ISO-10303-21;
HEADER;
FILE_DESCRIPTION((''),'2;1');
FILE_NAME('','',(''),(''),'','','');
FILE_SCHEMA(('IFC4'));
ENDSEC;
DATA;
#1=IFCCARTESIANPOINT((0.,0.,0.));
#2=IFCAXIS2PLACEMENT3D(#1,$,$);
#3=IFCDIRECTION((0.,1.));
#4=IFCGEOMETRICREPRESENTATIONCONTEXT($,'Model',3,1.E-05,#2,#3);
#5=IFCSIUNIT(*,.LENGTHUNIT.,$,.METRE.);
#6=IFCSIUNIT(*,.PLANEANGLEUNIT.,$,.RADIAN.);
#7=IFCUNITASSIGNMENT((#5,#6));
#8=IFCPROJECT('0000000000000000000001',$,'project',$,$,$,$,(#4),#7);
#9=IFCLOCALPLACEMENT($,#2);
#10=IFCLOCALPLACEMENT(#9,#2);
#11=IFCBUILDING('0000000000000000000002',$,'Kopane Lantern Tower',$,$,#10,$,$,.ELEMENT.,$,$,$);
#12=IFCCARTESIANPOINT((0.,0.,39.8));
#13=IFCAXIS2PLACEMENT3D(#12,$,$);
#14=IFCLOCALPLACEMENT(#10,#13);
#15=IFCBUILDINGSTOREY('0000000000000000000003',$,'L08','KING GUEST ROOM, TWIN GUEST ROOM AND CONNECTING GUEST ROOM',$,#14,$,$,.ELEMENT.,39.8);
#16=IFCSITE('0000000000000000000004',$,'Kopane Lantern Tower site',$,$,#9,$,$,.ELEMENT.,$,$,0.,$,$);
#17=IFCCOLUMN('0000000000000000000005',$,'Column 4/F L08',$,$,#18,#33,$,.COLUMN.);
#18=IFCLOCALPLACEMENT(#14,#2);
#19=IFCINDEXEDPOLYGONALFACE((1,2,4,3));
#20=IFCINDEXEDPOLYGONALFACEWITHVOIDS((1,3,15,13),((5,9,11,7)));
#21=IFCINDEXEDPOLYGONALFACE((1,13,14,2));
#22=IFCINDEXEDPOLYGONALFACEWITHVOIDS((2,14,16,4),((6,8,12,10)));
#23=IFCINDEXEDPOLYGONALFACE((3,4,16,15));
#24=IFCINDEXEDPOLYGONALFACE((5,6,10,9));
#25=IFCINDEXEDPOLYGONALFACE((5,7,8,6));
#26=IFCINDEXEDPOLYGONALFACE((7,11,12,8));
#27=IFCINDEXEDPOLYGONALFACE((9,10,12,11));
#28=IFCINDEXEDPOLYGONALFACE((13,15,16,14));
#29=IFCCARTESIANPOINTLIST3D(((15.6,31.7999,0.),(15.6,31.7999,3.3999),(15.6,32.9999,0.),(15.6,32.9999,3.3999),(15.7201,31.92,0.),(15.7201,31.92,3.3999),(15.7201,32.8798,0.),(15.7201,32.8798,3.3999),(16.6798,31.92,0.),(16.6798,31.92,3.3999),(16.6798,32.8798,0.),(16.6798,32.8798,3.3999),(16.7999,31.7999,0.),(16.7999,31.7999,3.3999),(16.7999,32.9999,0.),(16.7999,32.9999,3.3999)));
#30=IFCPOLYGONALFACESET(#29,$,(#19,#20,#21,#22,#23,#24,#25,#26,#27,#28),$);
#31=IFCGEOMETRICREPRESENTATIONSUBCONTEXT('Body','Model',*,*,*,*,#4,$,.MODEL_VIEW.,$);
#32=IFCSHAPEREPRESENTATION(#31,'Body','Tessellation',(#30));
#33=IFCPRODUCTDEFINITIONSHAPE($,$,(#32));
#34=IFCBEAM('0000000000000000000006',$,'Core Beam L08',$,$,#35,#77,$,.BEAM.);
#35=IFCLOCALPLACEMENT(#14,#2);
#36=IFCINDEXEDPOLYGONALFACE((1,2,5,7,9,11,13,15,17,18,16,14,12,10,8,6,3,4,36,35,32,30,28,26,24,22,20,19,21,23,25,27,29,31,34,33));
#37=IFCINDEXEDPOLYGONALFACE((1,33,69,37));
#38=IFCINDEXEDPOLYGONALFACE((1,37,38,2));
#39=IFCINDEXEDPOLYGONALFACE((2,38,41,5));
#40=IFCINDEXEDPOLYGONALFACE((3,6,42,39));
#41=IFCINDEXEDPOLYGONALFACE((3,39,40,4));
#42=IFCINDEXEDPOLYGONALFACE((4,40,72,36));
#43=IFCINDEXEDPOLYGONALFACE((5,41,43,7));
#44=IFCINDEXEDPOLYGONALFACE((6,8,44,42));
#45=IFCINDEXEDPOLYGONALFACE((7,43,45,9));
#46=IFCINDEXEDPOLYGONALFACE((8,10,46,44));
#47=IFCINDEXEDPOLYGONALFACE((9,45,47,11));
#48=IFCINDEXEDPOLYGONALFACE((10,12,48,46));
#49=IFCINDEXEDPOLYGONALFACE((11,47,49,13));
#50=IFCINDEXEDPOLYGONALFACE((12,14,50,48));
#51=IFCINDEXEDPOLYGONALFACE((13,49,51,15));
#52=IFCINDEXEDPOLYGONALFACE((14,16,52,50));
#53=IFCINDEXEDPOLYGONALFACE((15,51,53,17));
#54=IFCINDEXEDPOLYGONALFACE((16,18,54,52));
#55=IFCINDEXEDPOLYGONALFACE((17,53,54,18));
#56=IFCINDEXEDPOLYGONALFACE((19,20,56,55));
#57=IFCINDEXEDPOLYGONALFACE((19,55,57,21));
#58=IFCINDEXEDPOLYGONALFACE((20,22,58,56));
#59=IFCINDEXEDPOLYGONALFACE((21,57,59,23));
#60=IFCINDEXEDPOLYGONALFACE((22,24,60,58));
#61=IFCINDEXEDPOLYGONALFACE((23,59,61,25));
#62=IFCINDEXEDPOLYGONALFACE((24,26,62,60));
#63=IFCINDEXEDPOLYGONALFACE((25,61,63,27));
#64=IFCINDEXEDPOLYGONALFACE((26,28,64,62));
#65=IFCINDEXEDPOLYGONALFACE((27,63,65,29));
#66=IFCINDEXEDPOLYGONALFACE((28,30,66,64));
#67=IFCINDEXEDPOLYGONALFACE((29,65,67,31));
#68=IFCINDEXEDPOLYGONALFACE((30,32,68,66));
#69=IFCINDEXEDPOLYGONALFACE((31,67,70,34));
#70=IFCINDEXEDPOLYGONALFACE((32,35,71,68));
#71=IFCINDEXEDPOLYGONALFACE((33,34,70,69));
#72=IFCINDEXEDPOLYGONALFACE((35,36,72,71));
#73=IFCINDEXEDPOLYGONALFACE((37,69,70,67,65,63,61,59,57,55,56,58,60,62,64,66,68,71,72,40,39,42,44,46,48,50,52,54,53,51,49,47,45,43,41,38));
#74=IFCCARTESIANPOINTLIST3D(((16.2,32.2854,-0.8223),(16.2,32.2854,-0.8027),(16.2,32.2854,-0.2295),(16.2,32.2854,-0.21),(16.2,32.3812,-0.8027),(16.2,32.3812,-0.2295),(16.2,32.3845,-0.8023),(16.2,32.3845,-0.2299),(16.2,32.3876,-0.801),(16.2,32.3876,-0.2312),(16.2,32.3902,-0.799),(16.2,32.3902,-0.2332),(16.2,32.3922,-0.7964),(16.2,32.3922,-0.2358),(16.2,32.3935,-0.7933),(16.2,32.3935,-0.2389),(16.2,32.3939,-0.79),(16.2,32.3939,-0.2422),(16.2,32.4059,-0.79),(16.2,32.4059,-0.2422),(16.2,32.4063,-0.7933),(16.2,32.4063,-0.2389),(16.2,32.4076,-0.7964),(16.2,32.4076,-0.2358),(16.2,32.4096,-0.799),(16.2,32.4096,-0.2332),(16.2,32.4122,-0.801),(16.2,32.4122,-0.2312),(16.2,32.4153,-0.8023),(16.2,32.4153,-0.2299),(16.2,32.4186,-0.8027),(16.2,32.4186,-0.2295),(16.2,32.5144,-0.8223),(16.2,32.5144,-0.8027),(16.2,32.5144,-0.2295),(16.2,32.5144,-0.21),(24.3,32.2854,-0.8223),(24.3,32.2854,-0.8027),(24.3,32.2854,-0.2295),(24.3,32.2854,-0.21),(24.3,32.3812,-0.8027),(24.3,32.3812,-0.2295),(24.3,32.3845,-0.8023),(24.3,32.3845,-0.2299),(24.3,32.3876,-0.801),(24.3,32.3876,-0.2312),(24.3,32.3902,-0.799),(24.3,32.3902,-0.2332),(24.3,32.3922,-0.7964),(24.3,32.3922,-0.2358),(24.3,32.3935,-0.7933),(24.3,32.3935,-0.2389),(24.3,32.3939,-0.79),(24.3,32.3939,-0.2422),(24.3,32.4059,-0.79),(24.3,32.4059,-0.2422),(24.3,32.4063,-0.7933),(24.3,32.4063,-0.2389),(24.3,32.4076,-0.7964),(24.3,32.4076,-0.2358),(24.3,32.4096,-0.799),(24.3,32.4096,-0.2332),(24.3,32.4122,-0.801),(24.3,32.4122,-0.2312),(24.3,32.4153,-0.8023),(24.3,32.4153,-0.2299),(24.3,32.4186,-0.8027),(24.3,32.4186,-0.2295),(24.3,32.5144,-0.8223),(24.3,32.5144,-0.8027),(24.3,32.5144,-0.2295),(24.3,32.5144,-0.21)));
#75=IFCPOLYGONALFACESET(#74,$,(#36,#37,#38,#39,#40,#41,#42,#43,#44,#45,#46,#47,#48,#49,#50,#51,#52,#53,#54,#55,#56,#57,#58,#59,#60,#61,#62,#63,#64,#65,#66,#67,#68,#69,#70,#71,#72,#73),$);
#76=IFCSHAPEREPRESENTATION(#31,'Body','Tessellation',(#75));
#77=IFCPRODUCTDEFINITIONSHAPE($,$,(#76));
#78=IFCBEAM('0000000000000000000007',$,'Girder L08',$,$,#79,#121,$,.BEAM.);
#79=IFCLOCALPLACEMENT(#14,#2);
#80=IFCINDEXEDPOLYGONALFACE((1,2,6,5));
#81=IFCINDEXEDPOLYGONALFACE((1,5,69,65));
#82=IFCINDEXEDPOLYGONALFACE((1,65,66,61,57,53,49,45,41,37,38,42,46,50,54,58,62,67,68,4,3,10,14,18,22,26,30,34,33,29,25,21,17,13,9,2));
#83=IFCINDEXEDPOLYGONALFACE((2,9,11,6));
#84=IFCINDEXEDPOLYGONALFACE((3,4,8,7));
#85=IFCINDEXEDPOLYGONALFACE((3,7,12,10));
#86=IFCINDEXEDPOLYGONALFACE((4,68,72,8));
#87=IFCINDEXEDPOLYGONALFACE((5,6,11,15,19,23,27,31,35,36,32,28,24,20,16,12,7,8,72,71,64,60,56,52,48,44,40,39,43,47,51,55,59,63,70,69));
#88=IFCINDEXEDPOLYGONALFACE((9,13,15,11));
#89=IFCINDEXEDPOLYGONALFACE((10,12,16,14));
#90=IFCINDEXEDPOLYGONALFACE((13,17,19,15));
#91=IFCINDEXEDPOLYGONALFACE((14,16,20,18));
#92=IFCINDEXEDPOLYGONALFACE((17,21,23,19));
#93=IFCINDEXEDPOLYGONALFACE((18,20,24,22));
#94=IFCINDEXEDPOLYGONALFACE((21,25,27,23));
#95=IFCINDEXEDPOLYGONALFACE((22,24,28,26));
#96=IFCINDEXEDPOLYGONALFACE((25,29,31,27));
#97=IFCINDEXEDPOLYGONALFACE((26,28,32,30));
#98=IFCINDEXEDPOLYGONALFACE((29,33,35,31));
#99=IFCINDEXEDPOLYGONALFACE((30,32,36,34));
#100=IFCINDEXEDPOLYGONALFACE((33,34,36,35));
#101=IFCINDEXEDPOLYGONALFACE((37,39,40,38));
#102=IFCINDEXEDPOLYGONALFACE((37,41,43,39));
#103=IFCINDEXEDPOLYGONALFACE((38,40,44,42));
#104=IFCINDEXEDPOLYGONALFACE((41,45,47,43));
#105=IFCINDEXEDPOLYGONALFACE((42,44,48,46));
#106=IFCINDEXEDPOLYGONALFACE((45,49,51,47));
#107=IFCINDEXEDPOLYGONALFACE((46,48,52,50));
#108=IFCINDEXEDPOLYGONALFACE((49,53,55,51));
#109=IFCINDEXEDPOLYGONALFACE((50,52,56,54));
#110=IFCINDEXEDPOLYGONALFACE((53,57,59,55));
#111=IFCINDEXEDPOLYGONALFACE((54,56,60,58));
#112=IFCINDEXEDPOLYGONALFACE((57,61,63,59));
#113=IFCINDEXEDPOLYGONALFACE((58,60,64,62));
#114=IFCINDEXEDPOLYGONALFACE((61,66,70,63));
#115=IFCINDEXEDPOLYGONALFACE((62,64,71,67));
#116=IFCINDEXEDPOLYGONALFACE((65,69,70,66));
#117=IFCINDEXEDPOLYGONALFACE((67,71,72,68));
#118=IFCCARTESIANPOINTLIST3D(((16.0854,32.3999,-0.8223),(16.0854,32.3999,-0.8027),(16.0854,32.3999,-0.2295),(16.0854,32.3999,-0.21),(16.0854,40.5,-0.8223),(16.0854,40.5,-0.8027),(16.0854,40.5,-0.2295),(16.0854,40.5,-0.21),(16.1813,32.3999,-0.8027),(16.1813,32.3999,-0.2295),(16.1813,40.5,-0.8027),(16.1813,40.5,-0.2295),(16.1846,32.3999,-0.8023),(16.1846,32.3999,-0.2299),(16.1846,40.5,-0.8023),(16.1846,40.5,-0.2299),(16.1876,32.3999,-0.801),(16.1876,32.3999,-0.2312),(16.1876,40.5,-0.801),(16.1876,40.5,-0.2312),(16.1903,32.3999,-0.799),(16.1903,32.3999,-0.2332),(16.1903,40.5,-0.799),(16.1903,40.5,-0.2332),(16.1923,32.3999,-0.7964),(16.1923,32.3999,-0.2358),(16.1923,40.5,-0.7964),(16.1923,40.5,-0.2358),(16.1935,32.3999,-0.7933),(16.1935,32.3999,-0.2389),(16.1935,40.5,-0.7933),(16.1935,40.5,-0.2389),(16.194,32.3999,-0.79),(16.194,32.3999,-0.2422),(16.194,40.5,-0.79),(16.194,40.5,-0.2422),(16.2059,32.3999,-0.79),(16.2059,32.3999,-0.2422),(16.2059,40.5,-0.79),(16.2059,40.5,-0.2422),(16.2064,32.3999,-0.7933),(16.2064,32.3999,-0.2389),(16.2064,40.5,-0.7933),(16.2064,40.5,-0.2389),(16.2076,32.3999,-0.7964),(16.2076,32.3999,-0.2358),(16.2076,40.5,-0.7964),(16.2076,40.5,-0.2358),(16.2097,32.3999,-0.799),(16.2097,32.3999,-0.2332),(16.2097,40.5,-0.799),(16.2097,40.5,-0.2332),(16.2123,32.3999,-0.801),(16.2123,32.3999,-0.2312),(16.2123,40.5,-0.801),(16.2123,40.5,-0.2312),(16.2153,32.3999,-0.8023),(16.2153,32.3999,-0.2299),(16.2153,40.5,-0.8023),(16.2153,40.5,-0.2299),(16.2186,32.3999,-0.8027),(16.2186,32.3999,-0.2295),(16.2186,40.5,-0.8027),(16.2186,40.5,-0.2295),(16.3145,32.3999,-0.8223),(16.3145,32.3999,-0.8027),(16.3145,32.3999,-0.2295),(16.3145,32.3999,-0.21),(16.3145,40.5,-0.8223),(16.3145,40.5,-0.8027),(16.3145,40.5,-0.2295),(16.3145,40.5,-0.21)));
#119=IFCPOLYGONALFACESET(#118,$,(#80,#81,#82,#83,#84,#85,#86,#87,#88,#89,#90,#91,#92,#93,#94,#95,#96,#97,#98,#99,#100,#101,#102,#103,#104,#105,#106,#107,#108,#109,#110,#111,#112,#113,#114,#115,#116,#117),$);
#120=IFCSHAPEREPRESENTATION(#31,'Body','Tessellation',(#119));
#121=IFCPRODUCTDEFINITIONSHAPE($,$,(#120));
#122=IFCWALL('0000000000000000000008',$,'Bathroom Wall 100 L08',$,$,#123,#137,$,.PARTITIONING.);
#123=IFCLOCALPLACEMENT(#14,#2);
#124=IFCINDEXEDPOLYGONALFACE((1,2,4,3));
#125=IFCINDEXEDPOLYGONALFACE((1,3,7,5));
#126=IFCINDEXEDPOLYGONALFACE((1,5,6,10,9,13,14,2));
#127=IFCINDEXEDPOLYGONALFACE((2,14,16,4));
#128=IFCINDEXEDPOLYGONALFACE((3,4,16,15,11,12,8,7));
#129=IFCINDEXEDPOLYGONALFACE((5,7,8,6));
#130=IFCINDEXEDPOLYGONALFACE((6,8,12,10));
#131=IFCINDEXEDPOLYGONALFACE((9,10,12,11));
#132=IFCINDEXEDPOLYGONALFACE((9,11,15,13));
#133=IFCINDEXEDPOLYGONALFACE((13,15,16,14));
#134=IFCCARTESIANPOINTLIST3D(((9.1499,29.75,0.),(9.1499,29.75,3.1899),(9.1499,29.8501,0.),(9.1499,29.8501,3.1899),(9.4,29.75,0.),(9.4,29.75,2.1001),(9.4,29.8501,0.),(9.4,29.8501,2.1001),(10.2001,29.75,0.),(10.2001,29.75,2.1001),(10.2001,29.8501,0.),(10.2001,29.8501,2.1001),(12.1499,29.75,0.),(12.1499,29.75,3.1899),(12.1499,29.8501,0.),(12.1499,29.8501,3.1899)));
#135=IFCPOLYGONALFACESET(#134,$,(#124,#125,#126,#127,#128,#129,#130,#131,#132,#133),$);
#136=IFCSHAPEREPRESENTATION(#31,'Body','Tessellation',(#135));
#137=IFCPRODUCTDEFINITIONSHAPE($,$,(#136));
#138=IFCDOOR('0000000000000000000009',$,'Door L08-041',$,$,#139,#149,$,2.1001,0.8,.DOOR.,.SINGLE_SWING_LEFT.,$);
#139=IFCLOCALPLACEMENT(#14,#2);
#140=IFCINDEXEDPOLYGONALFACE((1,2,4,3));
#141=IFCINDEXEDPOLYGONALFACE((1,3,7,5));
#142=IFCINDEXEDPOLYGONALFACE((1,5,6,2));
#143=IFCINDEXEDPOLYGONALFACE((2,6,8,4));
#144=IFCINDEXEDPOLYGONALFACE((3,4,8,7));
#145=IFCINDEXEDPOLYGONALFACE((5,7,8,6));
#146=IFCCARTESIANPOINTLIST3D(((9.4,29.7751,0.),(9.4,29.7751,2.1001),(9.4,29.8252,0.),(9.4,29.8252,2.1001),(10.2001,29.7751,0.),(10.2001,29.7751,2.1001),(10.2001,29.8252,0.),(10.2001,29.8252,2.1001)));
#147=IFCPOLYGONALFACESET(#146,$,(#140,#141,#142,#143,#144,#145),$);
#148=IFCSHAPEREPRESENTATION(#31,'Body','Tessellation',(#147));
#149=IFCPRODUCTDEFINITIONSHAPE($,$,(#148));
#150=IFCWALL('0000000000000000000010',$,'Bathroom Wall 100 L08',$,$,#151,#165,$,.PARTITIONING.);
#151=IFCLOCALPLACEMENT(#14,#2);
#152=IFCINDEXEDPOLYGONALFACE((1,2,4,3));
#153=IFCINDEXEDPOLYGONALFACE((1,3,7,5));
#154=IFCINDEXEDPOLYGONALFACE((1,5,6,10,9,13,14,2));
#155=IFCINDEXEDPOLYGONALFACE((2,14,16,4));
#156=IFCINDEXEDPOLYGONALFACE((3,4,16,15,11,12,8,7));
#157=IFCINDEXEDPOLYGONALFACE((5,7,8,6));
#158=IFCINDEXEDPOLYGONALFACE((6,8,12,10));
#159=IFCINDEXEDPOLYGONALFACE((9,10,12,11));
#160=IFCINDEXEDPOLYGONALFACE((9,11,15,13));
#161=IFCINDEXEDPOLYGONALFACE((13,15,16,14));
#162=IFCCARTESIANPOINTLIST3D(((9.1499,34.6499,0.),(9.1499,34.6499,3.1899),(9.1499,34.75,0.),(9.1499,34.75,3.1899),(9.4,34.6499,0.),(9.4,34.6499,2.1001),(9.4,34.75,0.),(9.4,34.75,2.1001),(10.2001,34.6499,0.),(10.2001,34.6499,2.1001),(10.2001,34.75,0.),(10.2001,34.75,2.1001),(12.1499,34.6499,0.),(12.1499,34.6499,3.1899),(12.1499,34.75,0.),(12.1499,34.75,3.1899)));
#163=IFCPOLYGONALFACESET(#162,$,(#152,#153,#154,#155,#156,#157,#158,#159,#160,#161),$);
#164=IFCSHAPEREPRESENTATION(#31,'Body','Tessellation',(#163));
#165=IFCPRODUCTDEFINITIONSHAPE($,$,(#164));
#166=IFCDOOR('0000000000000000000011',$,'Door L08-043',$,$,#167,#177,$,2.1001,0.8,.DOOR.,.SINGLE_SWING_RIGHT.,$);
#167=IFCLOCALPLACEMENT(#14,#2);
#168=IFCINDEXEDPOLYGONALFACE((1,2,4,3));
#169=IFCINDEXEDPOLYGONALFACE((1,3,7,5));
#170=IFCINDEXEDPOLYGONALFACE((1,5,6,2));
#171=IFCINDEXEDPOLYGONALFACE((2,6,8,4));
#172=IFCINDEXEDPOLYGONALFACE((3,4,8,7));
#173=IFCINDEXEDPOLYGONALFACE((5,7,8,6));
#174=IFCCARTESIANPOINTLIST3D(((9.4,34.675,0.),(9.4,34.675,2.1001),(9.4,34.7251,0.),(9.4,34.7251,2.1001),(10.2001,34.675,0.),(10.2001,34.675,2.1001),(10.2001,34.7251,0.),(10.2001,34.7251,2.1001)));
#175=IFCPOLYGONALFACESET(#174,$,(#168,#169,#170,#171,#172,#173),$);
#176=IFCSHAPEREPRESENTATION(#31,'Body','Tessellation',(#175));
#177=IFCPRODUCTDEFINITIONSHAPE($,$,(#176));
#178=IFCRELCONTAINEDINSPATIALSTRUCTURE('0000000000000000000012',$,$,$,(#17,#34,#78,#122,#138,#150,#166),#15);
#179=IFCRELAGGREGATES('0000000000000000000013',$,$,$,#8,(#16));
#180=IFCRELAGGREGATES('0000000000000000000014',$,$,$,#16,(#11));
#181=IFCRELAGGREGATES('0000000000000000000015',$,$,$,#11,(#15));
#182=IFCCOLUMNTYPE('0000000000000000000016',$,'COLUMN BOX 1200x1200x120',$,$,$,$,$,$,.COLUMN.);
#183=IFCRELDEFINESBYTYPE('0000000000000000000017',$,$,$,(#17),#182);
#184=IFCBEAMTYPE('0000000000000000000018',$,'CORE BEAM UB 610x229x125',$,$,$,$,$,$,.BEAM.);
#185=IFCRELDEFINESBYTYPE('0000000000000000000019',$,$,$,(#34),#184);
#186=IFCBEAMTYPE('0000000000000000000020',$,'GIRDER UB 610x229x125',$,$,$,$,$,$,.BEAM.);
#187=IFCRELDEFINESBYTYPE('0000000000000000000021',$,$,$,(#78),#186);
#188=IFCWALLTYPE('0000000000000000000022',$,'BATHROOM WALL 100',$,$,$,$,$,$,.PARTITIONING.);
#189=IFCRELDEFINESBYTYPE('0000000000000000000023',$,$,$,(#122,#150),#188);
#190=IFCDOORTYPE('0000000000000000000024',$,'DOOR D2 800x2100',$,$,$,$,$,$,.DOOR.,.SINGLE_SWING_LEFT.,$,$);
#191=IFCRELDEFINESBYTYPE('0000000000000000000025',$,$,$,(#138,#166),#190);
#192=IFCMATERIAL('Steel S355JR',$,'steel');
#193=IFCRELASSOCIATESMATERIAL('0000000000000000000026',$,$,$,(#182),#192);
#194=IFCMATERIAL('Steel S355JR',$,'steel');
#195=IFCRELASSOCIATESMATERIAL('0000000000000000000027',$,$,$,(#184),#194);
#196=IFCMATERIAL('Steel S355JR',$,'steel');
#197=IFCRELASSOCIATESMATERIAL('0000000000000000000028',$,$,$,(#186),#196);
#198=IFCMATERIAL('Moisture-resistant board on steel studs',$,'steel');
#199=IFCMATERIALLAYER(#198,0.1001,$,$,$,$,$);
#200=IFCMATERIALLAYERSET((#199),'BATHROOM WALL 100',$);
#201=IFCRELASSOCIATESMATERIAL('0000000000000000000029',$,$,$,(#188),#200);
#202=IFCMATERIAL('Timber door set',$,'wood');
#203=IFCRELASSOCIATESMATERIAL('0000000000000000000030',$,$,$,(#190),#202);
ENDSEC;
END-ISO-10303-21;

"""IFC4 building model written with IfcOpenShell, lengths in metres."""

from ifc_helpers import new_model, si_unit, direction, frame, frame_2d, origin, origin_2d, place, context, subcontext, project, spatial, rectangle, hollow_rectangle, i_section, extrude, material, layer, layer_set, material_profile, profile_set, type_object, element, fill, save


model = new_model("IFC4")

# Units and contexts
model_context = context("Model", 3, precision=1e-05, world=origin(), true_north=direction((0.0, 1.0)))
body_context = subcontext(model_context, "Body", "Model", "MODEL_VIEW")
ifc_project = project(units=[si_unit("LENGTHUNIT", "METRE"), si_unit("PLANEANGLEUNIT", "RADIAN")], contexts=[model_context])

# Site, building, storey
site_placement = place(None, origin())
site = spatial("IfcSite", under=ifc_project, at=site_placement, Name="Kopane Lantern Tower site", CompositionType="ELEMENT", RefElevation=0.0)
building_placement = place(site_placement, origin())
building = spatial("IfcBuilding", under=site, at=building_placement, Name="Kopane Lantern Tower", CompositionType="ELEMENT")
storey_placement = place(building_placement, frame((0.0, 0.0, 39.8)))
storey = spatial("IfcBuildingStorey", under=building, at=storey_placement, Name="L08", Description="KING GUEST ROOM, TWIN GUEST ROOM AND CONNECTING GUEST ROOM", CompositionType="ELEMENT", Elevation=39.8)

# Column
ifc_material_1 = material(Name="Steel S355JR", Category="steel")
ifc_material_profile_1 = material_profile(ifc_material_1, hollow_rectangle(XDim=1.2, YDim=1.2, WallThickness=0.1201, at=origin_2d()), Name="BOX 1200x1200x120")
ifc_profile_set_1 = profile_set([ifc_material_profile_1], Name="Steel S355JR")
column_type = type_object("IfcColumnType", Name="COLUMN BOX 1200x1200x120", PredefinedType="COLUMN", material=ifc_profile_set_1)
column_placement = place(storey_placement, frame((16.2, 32.3999, 0.0), z_axis=(0.0, 0.0, 1.0), x_axis=(1.0, 0.0, 0.0)))
element("IfcColumn", 1, at=column_placement, inside=storey, type_object=column_type, Name="Column 4/F L08", PredefinedType="COLUMN", context=body_context, shape_type="SweptSolid", body=[
    extrude(hollow_rectangle(XDim=1.2, YDim=1.2, WallThickness=0.1201, at=origin_2d()), origin(), (0.0, 0.0, 1.0), 3.3999),
])

# Beams
ifc_material_2 = material(Name="Steel S355JR", Category="steel")
ifc_material_profile_2 = material_profile(ifc_material_2, i_section(OverallWidth=0.229, OverallDepth=0.6123, WebThickness=0.012, FlangeThickness=0.0195, FilletRadius=0.0127, at=origin_2d()), Name="UB 610x229x125")
ifc_profile_set_2 = profile_set([ifc_material_profile_2], Name="Steel S355JR")
beam_type_1 = type_object("IfcBeamType", Name="CORE BEAM UB 610x229x125", PredefinedType="BEAM", material=ifc_profile_set_2)
beam_1_placement = place(storey_placement, frame((16.2, 32.3999, -0.5161), z_axis=(1.0, 0.0, 0.0), x_axis=(0.0, 1.0, 0.0)))
element("IfcBeam", 2, at=beam_1_placement, inside=storey, type_object=beam_type_1, Name="Core Beam L08", PredefinedType="BEAM", context=body_context, shape_type="SweptSolid", body=[
    extrude(i_section(OverallWidth=0.229, OverallDepth=0.6123, WebThickness=0.012, FlangeThickness=0.0195, FilletRadius=0.0127, at=origin_2d()), origin(), (0.0, 0.0, 1.0), 8.1001),
])
ifc_material_3 = material(Name="Steel S355JR", Category="steel")
ifc_material_profile_3 = material_profile(ifc_material_3, i_section(OverallWidth=0.229, OverallDepth=0.6123, WebThickness=0.012, FlangeThickness=0.0195, FilletRadius=0.0127, at=origin_2d()), Name="UB 610x229x125")
ifc_profile_set_3 = profile_set([ifc_material_profile_3], Name="Steel S355JR")
beam_type_2 = type_object("IfcBeamType", Name="GIRDER UB 610x229x125", PredefinedType="BEAM", material=ifc_profile_set_3)
beam_2_placement = place(storey_placement, frame((16.2, 32.3999, -0.5161), z_axis=(0.0, 1.0, 0.0), x_axis=(-1.0, 0.0, 0.0)))
element("IfcBeam", 3, at=beam_2_placement, inside=storey, type_object=beam_type_2, Name="Girder L08", PredefinedType="BEAM", context=body_context, shape_type="SweptSolid", body=[
    extrude(i_section(OverallWidth=0.229, OverallDepth=0.6123, WebThickness=0.012, FlangeThickness=0.0195, FilletRadius=0.0127, at=origin_2d()), origin(), (0.0, 0.0, 1.0), 8.1001),
])

# Walls, openings, doors
ifc_material_4 = material(Name="Moisture-resistant board on steel studs", Category="steel")
ifc_layer_1 = layer(ifc_material_4, 0.1001)
ifc_layer_set_1 = layer_set([ifc_layer_1], Name="BATHROOM WALL 100")
wall_type_1 = type_object("IfcWallType", Name="BATHROOM WALL 100", PredefinedType="PARTITIONING", material=ifc_layer_set_1)
wall_1_placement = place(storey_placement, frame((12.1499, 29.8, 0.0), z_axis=(0.0, 0.0, 1.0), x_axis=(-1.0, 0.0, 0.0)))
wall_1 = element("IfcWall", 4, at=wall_1_placement, inside=storey, type_object=wall_type_1, Name="Bathroom Wall 100 L08", PredefinedType="PARTITIONING", context=body_context, shape_type="SweptSolid", body=[
    extrude(rectangle(XDim=3.0, YDim=0.1001, at=frame_2d((1.5, 0.0))), origin(), (0.0, 0.0, 1.0), 3.1899),
])
opening_1_placement = place(wall_1_placement, frame((1.95, 0.0, 0.0)))
opening_1 = element("IfcOpeningElement", 5, at=opening_1_placement, cuts=wall_1, PredefinedType="OPENING", context=body_context, shape_type="SweptSolid", body=[
    extrude(rectangle(XDim=0.8, YDim=2.1001, at=frame_2d((0.3999, 1.05))), frame((0.0, 0.0601, 0.0), z_axis=(0.0, -1.0, 0.0), x_axis=(1.0, 0.0, 0.0)), (0.0, 0.0, 1.0), 0.1201),
])
ifc_material_5 = material(Name="Timber door set", Category="wood")
door_type = type_object("IfcDoorType", Name="DOOR D2 800x2100", OperationType="SINGLE_SWING_LEFT", PredefinedType="DOOR", material=ifc_material_5)
door_1_placement = place(opening_1_placement, origin())
door_1 = element("IfcDoor", 6, at=door_1_placement, inside=storey, type_object=door_type, Name="Door L08-041", OperationType="SINGLE_SWING_LEFT", OverallHeight=2.1001, OverallWidth=0.8, PredefinedType="DOOR", context=body_context, shape_type="SweptSolid", body=[
    extrude(rectangle(XDim=0.8, YDim=2.1001, at=frame_2d((0.3999, 1.05))), frame((0.0, 0.0249, 0.0), z_axis=(0.0, -1.0, 0.0), x_axis=(1.0, 0.0, 0.0)), (0.0, 0.0, 1.0), 0.05),
])
fill(opening_1, door_1)
wall_2_placement = place(storey_placement, frame((12.1499, 34.7, 0.0), z_axis=(0.0, 0.0, 1.0), x_axis=(-1.0, 0.0, 0.0)))
wall_2 = element("IfcWall", 7, at=wall_2_placement, inside=storey, type_object=wall_type_1, Name="Bathroom Wall 100 L08", PredefinedType="PARTITIONING", context=body_context, shape_type="SweptSolid", body=[
    extrude(rectangle(XDim=3.0, YDim=0.1001, at=frame_2d((1.5, 0.0))), origin(), (0.0, 0.0, 1.0), 3.1899),
])
opening_2_placement = place(wall_2_placement, frame((1.95, 0.0, 0.0)))
opening_2 = element("IfcOpeningElement", 8, at=opening_2_placement, cuts=wall_2, PredefinedType="OPENING", context=body_context, shape_type="SweptSolid", body=[
    extrude(rectangle(XDim=0.8, YDim=2.1001, at=frame_2d((0.3999, 1.05))), frame((0.0, 0.0601, 0.0), z_axis=(0.0, -1.0, 0.0), x_axis=(1.0, 0.0, 0.0)), (0.0, 0.0, 1.0), 0.1201),
])
door_2_placement = place(opening_2_placement, origin())
door_2 = element("IfcDoor", 9, at=door_2_placement, inside=storey, type_object=door_type, Name="Door L08-043", OperationType="SINGLE_SWING_RIGHT", OverallHeight=2.1001, OverallWidth=0.8, PredefinedType="DOOR", context=body_context, shape_type="SweptSolid", body=[
    extrude(rectangle(XDim=0.8, YDim=2.1001, at=frame_2d((0.3999, 1.05))), frame((0.0, 0.0249, 0.0), z_axis=(0.0, -1.0, 0.0), x_axis=(1.0, 0.0, 0.0)), (0.0, 0.0, 1.0), 0.05),
])
fill(opening_2, door_2)

save(model, "model.ifc")
